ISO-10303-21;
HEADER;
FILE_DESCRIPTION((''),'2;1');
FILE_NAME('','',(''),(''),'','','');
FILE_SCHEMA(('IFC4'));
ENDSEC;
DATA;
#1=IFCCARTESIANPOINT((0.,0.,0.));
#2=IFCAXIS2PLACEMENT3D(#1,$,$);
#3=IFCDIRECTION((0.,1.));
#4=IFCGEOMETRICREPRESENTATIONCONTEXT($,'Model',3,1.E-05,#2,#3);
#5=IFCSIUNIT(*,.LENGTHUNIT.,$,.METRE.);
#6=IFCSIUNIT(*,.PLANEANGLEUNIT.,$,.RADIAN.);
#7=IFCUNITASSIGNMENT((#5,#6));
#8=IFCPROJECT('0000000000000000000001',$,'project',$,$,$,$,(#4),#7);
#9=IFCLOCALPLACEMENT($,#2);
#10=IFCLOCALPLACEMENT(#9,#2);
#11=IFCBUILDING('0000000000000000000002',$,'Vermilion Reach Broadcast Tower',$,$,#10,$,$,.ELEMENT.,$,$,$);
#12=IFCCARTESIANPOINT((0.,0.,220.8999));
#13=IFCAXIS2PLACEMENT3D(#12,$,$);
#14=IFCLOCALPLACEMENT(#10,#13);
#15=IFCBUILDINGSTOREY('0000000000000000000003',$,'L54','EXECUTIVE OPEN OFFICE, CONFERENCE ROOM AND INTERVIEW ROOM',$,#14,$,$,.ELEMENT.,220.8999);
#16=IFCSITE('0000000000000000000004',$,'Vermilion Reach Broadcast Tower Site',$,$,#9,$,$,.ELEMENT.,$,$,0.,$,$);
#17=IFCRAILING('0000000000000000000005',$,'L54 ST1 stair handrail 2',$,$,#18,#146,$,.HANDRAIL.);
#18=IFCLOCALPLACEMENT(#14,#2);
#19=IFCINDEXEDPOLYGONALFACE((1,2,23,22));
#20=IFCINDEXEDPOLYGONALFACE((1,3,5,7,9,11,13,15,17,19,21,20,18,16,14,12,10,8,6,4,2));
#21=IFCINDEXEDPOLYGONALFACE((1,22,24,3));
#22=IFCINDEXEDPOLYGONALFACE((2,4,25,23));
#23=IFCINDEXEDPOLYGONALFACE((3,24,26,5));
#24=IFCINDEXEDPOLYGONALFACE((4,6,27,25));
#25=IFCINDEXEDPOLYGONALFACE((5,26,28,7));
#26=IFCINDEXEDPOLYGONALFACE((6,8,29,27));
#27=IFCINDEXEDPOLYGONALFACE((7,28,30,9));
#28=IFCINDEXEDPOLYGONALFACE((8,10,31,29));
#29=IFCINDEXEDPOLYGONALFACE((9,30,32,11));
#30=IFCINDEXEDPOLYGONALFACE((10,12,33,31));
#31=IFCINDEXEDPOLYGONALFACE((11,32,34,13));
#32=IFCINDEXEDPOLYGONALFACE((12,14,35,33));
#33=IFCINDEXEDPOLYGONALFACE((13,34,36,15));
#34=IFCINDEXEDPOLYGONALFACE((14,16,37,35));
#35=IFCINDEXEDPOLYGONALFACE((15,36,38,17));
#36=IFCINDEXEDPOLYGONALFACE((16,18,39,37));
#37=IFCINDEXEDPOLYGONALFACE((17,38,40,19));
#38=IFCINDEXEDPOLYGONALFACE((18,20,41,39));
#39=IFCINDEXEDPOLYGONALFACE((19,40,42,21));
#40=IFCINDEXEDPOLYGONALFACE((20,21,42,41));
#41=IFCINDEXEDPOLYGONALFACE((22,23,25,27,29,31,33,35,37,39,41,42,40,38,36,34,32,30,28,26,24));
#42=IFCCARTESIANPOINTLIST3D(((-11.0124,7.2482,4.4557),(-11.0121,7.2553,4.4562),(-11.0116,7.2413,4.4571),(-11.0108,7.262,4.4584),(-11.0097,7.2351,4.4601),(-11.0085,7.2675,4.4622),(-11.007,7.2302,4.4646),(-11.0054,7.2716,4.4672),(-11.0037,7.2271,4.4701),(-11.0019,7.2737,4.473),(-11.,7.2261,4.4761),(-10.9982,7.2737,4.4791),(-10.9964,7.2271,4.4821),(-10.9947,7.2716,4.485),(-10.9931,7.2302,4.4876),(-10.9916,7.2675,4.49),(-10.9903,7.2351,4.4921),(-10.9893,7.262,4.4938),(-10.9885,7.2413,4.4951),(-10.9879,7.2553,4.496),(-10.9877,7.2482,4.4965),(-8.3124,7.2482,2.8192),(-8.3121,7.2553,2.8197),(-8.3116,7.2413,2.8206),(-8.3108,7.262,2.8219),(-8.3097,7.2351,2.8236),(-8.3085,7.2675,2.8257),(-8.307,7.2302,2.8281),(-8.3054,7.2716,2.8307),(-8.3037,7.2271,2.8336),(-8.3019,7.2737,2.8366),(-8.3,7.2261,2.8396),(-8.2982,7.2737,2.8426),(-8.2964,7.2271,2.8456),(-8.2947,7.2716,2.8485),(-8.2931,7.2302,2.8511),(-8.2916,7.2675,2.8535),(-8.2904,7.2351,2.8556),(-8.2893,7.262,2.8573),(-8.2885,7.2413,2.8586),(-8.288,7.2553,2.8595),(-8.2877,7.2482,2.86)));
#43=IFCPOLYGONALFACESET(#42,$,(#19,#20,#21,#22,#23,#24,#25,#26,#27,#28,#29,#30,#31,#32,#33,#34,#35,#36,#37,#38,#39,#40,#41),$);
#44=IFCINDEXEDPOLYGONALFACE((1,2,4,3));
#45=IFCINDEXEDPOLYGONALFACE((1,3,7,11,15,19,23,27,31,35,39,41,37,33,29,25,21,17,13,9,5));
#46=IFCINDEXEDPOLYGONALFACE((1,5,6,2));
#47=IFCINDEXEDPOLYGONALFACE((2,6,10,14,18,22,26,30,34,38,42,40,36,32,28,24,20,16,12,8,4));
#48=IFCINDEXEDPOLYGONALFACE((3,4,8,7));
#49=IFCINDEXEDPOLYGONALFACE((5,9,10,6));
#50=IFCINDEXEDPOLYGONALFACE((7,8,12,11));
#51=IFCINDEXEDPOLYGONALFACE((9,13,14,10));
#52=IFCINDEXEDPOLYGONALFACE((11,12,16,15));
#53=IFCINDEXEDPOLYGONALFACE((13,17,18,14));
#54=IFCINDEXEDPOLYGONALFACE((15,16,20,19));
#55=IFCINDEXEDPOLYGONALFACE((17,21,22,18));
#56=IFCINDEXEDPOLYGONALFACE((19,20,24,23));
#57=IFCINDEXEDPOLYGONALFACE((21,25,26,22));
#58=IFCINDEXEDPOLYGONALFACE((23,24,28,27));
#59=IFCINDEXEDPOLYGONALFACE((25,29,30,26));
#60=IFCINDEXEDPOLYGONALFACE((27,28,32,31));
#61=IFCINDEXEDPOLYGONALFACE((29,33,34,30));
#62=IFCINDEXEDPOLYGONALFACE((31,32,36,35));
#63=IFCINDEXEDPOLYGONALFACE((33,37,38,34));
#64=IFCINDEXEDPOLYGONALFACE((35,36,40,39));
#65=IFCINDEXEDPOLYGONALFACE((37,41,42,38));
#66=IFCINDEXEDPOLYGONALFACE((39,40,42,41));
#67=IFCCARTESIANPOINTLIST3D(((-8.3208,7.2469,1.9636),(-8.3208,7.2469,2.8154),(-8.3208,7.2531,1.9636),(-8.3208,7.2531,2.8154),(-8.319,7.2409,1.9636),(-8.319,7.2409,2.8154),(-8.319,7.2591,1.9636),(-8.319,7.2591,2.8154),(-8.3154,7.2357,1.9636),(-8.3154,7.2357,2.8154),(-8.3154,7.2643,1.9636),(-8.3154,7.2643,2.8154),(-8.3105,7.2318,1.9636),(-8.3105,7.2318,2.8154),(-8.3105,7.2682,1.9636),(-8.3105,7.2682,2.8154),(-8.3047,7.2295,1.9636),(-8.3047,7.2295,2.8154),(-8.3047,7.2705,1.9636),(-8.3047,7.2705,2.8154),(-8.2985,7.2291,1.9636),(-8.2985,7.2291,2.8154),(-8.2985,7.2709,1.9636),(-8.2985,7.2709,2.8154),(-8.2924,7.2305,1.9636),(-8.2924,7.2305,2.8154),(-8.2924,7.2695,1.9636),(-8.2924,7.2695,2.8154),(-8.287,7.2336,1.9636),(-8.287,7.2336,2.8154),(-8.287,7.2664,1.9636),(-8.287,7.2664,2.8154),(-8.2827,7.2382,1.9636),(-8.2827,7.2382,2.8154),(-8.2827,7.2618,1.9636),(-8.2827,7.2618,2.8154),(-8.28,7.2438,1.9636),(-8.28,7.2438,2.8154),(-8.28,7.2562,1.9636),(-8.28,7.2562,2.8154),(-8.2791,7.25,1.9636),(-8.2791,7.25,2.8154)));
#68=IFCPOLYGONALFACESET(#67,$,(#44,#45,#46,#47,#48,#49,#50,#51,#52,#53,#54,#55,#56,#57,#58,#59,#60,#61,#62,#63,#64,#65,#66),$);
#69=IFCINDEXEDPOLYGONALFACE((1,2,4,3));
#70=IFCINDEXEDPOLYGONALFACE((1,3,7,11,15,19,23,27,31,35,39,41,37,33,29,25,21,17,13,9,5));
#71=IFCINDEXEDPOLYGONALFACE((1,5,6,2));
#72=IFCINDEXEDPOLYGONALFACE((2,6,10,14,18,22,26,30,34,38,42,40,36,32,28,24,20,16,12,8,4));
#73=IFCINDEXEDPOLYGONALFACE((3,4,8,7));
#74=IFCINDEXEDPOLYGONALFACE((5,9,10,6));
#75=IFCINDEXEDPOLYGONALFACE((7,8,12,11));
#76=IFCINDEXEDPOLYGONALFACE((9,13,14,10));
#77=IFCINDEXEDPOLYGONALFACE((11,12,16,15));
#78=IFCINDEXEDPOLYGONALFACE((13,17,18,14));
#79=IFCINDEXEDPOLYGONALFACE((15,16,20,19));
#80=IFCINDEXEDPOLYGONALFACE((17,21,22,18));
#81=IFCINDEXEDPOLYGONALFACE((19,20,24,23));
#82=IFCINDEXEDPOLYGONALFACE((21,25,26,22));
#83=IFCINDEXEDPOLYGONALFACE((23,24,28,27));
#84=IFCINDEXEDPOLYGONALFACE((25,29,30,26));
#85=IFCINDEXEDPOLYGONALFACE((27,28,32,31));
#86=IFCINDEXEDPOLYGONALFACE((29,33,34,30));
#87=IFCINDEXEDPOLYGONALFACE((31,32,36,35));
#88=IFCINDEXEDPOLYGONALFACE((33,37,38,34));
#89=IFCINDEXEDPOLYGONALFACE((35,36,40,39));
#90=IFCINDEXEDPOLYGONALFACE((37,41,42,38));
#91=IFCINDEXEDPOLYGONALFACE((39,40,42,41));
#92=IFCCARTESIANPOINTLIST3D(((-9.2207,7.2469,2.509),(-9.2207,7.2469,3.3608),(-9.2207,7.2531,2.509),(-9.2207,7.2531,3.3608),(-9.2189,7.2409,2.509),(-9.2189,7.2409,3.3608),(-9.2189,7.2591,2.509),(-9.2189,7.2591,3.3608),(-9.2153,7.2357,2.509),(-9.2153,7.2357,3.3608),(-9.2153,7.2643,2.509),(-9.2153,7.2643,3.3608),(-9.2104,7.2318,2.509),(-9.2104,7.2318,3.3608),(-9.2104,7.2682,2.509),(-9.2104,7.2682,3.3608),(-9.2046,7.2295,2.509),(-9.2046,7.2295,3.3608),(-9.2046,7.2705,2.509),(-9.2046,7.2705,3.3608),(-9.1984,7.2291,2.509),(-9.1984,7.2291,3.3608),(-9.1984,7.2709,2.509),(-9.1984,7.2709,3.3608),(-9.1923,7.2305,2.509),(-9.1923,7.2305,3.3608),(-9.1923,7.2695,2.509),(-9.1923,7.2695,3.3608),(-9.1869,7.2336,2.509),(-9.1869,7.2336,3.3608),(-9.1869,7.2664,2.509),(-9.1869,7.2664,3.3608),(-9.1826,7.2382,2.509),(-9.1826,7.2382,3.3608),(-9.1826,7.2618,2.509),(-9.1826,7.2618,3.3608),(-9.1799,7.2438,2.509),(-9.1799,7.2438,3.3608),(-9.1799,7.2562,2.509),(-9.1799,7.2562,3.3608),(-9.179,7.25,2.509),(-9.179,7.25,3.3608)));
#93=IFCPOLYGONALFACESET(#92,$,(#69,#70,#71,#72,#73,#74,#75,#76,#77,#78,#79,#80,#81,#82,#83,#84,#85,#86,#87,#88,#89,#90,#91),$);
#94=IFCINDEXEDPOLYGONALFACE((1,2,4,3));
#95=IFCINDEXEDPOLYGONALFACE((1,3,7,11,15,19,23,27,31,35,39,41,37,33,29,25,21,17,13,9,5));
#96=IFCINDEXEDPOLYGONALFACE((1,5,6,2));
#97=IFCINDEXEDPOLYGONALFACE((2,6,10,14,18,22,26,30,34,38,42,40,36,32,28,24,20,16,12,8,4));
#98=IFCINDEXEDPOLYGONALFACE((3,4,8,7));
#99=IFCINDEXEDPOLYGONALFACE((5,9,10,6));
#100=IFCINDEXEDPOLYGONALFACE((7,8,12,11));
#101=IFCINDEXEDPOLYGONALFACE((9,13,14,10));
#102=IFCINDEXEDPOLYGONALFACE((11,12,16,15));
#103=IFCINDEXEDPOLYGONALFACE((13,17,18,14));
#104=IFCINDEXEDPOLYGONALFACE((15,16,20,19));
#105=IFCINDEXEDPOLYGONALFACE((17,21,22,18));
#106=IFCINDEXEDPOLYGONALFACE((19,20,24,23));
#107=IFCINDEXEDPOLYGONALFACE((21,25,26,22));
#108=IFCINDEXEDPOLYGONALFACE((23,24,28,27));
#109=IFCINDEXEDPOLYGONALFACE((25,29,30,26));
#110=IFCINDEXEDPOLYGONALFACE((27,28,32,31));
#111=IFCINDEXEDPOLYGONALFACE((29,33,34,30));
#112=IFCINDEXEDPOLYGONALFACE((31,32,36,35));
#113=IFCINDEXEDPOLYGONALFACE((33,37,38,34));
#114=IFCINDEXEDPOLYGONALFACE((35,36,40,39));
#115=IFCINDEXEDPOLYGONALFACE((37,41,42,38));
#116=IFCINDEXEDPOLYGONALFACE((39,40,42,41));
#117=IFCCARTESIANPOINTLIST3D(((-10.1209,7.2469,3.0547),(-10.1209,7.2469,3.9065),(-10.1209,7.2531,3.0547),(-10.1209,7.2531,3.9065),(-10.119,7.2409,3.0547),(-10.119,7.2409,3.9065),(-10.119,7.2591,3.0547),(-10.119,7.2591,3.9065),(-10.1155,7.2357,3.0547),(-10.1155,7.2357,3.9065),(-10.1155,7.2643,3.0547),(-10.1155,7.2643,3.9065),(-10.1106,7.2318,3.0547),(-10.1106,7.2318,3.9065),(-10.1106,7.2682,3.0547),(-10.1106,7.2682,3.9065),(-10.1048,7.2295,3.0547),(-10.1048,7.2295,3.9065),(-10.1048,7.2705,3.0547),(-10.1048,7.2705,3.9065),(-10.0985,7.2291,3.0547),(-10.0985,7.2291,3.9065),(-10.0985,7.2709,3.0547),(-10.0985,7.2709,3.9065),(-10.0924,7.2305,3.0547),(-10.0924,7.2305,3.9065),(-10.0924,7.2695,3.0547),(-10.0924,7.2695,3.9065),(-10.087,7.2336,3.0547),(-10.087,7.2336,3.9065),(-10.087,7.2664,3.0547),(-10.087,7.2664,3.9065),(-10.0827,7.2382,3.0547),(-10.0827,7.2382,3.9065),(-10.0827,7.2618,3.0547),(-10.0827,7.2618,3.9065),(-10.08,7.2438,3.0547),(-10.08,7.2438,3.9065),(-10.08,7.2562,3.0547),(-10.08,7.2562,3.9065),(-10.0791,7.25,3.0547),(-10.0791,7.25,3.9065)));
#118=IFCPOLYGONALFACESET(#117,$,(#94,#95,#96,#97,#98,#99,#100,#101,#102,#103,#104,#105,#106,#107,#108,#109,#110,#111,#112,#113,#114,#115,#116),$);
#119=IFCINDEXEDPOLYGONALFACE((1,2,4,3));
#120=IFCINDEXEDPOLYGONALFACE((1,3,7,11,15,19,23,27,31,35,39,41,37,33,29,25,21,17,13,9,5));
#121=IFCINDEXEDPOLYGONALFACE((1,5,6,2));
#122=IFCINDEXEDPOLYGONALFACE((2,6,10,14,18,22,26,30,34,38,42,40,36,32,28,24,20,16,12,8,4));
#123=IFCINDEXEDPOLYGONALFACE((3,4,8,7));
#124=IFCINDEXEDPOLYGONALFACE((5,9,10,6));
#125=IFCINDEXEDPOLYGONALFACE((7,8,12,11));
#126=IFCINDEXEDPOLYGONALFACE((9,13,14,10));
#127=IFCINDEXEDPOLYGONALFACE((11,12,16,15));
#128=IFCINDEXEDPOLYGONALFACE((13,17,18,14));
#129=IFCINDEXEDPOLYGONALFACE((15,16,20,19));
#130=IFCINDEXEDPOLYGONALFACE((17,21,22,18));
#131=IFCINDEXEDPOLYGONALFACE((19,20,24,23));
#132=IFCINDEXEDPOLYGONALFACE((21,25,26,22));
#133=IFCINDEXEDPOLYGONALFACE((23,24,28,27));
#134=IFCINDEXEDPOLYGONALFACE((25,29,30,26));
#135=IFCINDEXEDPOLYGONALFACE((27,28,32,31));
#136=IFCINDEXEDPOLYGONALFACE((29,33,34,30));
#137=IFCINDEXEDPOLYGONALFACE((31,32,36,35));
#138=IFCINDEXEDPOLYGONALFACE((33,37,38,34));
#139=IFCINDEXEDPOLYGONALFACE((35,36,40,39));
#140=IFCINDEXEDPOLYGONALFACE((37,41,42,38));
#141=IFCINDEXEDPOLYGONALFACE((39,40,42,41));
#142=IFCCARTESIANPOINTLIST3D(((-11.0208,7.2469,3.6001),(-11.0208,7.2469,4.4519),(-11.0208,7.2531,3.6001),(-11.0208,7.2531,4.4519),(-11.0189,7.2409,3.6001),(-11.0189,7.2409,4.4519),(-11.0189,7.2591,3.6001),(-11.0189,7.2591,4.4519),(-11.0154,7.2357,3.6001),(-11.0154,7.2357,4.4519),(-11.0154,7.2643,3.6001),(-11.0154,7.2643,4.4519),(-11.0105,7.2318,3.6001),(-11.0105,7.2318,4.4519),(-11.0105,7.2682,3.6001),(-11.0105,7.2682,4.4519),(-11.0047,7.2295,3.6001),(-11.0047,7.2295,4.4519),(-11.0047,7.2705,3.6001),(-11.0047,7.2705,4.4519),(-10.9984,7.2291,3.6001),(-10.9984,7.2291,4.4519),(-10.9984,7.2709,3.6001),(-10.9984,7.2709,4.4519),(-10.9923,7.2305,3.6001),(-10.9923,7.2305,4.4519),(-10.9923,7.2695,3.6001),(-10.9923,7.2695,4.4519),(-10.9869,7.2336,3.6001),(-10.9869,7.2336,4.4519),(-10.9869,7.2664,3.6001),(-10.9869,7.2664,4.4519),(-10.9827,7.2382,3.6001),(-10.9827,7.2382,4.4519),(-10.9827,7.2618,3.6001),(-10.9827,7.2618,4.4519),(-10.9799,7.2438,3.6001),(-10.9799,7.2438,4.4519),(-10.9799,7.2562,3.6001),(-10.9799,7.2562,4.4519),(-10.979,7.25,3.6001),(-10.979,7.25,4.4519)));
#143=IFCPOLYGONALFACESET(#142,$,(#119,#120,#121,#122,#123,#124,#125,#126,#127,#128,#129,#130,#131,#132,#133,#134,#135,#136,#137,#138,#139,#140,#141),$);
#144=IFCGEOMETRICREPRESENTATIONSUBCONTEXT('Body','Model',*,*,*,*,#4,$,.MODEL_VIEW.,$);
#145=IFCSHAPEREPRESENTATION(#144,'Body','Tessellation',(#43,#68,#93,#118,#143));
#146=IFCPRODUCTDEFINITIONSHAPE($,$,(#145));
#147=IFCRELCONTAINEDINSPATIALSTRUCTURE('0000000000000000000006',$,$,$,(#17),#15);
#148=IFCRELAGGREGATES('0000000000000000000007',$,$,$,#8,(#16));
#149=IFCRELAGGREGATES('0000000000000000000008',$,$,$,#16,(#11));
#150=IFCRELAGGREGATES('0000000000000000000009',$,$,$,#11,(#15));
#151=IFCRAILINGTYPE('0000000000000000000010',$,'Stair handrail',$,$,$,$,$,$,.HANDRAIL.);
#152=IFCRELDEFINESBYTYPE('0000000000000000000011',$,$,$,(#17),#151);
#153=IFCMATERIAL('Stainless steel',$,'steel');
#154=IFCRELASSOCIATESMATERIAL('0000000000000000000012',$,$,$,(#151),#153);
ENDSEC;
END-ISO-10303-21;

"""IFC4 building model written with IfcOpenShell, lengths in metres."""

from ifc_helpers import new_model, si_unit, direction, frame, origin, origin_2d, place, context, subcontext, project, spatial, circle, extrude, material, type_object, element, save


model = new_model("IFC4")

# Units and contexts
model_context = context("Model", 3, precision=1e-05, world=origin(), true_north=direction((0.0, 1.0)))
body_context = subcontext(model_context, "Body", "Model", "MODEL_VIEW")
ifc_project = project(units=[si_unit("LENGTHUNIT", "METRE"), si_unit("PLANEANGLEUNIT", "RADIAN")], contexts=[model_context])

# Site, building, storey
site_placement = place(None, origin())
site = spatial("IfcSite", under=ifc_project, at=site_placement, Name="Vermilion Reach Broadcast Tower Site", CompositionType="ELEMENT", RefElevation=0.0)
building_placement = place(site_placement, origin())
building = spatial("IfcBuilding", under=site, at=building_placement, Name="Vermilion Reach Broadcast Tower", CompositionType="ELEMENT")
storey_placement = place(building_placement, frame((0.0, 0.0, 220.8999)))
storey = spatial("IfcBuildingStorey", under=building, at=storey_placement, Name="L54", Description="EXECUTIVE OPEN OFFICE, CONFERENCE ROOM AND INTERVIEW ROOM", CompositionType="ELEMENT", Elevation=220.8999)

# Railing
ifc_material_1 = material(Name="Stainless steel", Category="steel")
railing_type_1 = type_object("IfcRailingType", Name="Stair handrail", PredefinedType="HANDRAIL", material=ifc_material_1)
railing_1_placement = place(storey_placement, frame((-8.3, 7.25, 1.9636)))
element("IfcRailing", 1, at=railing_1_placement, inside=storey, type_object=railing_type_1, Name="L54 ST1 stair handrail 2", PredefinedType="HANDRAIL", context=body_context, shape_type="SweptSolid", body=[
    extrude(circle(Radius=0.0239, at=origin_2d()), frame((0.0, 0.0, 0.876), z_axis=(-0.855178, 0.0, 0.518334), x_axis=(0.0, -1.0, 0.0)), (0.0, 0.0, 1.0), 3.1572),
    extrude(circle(Radius=0.021, at=origin_2d()), origin(), (0.0, 0.0, 1.0), 0.8518),
    extrude(circle(Radius=0.021, at=origin_2d()), frame((-0.8999, 0.0, 0.5454)), (0.0, 0.0, 1.0), 0.8518),
    extrude(circle(Radius=0.021, at=origin_2d()), frame((-1.8, 0.0, 1.0911)), (0.0, 0.0, 1.0), 0.8518),
    extrude(circle(Radius=0.021, at=origin_2d()), frame((-2.7, 0.0, 1.6365)), (0.0, 0.0, 1.0), 0.8518),
])

save(model, "model.ifc")
